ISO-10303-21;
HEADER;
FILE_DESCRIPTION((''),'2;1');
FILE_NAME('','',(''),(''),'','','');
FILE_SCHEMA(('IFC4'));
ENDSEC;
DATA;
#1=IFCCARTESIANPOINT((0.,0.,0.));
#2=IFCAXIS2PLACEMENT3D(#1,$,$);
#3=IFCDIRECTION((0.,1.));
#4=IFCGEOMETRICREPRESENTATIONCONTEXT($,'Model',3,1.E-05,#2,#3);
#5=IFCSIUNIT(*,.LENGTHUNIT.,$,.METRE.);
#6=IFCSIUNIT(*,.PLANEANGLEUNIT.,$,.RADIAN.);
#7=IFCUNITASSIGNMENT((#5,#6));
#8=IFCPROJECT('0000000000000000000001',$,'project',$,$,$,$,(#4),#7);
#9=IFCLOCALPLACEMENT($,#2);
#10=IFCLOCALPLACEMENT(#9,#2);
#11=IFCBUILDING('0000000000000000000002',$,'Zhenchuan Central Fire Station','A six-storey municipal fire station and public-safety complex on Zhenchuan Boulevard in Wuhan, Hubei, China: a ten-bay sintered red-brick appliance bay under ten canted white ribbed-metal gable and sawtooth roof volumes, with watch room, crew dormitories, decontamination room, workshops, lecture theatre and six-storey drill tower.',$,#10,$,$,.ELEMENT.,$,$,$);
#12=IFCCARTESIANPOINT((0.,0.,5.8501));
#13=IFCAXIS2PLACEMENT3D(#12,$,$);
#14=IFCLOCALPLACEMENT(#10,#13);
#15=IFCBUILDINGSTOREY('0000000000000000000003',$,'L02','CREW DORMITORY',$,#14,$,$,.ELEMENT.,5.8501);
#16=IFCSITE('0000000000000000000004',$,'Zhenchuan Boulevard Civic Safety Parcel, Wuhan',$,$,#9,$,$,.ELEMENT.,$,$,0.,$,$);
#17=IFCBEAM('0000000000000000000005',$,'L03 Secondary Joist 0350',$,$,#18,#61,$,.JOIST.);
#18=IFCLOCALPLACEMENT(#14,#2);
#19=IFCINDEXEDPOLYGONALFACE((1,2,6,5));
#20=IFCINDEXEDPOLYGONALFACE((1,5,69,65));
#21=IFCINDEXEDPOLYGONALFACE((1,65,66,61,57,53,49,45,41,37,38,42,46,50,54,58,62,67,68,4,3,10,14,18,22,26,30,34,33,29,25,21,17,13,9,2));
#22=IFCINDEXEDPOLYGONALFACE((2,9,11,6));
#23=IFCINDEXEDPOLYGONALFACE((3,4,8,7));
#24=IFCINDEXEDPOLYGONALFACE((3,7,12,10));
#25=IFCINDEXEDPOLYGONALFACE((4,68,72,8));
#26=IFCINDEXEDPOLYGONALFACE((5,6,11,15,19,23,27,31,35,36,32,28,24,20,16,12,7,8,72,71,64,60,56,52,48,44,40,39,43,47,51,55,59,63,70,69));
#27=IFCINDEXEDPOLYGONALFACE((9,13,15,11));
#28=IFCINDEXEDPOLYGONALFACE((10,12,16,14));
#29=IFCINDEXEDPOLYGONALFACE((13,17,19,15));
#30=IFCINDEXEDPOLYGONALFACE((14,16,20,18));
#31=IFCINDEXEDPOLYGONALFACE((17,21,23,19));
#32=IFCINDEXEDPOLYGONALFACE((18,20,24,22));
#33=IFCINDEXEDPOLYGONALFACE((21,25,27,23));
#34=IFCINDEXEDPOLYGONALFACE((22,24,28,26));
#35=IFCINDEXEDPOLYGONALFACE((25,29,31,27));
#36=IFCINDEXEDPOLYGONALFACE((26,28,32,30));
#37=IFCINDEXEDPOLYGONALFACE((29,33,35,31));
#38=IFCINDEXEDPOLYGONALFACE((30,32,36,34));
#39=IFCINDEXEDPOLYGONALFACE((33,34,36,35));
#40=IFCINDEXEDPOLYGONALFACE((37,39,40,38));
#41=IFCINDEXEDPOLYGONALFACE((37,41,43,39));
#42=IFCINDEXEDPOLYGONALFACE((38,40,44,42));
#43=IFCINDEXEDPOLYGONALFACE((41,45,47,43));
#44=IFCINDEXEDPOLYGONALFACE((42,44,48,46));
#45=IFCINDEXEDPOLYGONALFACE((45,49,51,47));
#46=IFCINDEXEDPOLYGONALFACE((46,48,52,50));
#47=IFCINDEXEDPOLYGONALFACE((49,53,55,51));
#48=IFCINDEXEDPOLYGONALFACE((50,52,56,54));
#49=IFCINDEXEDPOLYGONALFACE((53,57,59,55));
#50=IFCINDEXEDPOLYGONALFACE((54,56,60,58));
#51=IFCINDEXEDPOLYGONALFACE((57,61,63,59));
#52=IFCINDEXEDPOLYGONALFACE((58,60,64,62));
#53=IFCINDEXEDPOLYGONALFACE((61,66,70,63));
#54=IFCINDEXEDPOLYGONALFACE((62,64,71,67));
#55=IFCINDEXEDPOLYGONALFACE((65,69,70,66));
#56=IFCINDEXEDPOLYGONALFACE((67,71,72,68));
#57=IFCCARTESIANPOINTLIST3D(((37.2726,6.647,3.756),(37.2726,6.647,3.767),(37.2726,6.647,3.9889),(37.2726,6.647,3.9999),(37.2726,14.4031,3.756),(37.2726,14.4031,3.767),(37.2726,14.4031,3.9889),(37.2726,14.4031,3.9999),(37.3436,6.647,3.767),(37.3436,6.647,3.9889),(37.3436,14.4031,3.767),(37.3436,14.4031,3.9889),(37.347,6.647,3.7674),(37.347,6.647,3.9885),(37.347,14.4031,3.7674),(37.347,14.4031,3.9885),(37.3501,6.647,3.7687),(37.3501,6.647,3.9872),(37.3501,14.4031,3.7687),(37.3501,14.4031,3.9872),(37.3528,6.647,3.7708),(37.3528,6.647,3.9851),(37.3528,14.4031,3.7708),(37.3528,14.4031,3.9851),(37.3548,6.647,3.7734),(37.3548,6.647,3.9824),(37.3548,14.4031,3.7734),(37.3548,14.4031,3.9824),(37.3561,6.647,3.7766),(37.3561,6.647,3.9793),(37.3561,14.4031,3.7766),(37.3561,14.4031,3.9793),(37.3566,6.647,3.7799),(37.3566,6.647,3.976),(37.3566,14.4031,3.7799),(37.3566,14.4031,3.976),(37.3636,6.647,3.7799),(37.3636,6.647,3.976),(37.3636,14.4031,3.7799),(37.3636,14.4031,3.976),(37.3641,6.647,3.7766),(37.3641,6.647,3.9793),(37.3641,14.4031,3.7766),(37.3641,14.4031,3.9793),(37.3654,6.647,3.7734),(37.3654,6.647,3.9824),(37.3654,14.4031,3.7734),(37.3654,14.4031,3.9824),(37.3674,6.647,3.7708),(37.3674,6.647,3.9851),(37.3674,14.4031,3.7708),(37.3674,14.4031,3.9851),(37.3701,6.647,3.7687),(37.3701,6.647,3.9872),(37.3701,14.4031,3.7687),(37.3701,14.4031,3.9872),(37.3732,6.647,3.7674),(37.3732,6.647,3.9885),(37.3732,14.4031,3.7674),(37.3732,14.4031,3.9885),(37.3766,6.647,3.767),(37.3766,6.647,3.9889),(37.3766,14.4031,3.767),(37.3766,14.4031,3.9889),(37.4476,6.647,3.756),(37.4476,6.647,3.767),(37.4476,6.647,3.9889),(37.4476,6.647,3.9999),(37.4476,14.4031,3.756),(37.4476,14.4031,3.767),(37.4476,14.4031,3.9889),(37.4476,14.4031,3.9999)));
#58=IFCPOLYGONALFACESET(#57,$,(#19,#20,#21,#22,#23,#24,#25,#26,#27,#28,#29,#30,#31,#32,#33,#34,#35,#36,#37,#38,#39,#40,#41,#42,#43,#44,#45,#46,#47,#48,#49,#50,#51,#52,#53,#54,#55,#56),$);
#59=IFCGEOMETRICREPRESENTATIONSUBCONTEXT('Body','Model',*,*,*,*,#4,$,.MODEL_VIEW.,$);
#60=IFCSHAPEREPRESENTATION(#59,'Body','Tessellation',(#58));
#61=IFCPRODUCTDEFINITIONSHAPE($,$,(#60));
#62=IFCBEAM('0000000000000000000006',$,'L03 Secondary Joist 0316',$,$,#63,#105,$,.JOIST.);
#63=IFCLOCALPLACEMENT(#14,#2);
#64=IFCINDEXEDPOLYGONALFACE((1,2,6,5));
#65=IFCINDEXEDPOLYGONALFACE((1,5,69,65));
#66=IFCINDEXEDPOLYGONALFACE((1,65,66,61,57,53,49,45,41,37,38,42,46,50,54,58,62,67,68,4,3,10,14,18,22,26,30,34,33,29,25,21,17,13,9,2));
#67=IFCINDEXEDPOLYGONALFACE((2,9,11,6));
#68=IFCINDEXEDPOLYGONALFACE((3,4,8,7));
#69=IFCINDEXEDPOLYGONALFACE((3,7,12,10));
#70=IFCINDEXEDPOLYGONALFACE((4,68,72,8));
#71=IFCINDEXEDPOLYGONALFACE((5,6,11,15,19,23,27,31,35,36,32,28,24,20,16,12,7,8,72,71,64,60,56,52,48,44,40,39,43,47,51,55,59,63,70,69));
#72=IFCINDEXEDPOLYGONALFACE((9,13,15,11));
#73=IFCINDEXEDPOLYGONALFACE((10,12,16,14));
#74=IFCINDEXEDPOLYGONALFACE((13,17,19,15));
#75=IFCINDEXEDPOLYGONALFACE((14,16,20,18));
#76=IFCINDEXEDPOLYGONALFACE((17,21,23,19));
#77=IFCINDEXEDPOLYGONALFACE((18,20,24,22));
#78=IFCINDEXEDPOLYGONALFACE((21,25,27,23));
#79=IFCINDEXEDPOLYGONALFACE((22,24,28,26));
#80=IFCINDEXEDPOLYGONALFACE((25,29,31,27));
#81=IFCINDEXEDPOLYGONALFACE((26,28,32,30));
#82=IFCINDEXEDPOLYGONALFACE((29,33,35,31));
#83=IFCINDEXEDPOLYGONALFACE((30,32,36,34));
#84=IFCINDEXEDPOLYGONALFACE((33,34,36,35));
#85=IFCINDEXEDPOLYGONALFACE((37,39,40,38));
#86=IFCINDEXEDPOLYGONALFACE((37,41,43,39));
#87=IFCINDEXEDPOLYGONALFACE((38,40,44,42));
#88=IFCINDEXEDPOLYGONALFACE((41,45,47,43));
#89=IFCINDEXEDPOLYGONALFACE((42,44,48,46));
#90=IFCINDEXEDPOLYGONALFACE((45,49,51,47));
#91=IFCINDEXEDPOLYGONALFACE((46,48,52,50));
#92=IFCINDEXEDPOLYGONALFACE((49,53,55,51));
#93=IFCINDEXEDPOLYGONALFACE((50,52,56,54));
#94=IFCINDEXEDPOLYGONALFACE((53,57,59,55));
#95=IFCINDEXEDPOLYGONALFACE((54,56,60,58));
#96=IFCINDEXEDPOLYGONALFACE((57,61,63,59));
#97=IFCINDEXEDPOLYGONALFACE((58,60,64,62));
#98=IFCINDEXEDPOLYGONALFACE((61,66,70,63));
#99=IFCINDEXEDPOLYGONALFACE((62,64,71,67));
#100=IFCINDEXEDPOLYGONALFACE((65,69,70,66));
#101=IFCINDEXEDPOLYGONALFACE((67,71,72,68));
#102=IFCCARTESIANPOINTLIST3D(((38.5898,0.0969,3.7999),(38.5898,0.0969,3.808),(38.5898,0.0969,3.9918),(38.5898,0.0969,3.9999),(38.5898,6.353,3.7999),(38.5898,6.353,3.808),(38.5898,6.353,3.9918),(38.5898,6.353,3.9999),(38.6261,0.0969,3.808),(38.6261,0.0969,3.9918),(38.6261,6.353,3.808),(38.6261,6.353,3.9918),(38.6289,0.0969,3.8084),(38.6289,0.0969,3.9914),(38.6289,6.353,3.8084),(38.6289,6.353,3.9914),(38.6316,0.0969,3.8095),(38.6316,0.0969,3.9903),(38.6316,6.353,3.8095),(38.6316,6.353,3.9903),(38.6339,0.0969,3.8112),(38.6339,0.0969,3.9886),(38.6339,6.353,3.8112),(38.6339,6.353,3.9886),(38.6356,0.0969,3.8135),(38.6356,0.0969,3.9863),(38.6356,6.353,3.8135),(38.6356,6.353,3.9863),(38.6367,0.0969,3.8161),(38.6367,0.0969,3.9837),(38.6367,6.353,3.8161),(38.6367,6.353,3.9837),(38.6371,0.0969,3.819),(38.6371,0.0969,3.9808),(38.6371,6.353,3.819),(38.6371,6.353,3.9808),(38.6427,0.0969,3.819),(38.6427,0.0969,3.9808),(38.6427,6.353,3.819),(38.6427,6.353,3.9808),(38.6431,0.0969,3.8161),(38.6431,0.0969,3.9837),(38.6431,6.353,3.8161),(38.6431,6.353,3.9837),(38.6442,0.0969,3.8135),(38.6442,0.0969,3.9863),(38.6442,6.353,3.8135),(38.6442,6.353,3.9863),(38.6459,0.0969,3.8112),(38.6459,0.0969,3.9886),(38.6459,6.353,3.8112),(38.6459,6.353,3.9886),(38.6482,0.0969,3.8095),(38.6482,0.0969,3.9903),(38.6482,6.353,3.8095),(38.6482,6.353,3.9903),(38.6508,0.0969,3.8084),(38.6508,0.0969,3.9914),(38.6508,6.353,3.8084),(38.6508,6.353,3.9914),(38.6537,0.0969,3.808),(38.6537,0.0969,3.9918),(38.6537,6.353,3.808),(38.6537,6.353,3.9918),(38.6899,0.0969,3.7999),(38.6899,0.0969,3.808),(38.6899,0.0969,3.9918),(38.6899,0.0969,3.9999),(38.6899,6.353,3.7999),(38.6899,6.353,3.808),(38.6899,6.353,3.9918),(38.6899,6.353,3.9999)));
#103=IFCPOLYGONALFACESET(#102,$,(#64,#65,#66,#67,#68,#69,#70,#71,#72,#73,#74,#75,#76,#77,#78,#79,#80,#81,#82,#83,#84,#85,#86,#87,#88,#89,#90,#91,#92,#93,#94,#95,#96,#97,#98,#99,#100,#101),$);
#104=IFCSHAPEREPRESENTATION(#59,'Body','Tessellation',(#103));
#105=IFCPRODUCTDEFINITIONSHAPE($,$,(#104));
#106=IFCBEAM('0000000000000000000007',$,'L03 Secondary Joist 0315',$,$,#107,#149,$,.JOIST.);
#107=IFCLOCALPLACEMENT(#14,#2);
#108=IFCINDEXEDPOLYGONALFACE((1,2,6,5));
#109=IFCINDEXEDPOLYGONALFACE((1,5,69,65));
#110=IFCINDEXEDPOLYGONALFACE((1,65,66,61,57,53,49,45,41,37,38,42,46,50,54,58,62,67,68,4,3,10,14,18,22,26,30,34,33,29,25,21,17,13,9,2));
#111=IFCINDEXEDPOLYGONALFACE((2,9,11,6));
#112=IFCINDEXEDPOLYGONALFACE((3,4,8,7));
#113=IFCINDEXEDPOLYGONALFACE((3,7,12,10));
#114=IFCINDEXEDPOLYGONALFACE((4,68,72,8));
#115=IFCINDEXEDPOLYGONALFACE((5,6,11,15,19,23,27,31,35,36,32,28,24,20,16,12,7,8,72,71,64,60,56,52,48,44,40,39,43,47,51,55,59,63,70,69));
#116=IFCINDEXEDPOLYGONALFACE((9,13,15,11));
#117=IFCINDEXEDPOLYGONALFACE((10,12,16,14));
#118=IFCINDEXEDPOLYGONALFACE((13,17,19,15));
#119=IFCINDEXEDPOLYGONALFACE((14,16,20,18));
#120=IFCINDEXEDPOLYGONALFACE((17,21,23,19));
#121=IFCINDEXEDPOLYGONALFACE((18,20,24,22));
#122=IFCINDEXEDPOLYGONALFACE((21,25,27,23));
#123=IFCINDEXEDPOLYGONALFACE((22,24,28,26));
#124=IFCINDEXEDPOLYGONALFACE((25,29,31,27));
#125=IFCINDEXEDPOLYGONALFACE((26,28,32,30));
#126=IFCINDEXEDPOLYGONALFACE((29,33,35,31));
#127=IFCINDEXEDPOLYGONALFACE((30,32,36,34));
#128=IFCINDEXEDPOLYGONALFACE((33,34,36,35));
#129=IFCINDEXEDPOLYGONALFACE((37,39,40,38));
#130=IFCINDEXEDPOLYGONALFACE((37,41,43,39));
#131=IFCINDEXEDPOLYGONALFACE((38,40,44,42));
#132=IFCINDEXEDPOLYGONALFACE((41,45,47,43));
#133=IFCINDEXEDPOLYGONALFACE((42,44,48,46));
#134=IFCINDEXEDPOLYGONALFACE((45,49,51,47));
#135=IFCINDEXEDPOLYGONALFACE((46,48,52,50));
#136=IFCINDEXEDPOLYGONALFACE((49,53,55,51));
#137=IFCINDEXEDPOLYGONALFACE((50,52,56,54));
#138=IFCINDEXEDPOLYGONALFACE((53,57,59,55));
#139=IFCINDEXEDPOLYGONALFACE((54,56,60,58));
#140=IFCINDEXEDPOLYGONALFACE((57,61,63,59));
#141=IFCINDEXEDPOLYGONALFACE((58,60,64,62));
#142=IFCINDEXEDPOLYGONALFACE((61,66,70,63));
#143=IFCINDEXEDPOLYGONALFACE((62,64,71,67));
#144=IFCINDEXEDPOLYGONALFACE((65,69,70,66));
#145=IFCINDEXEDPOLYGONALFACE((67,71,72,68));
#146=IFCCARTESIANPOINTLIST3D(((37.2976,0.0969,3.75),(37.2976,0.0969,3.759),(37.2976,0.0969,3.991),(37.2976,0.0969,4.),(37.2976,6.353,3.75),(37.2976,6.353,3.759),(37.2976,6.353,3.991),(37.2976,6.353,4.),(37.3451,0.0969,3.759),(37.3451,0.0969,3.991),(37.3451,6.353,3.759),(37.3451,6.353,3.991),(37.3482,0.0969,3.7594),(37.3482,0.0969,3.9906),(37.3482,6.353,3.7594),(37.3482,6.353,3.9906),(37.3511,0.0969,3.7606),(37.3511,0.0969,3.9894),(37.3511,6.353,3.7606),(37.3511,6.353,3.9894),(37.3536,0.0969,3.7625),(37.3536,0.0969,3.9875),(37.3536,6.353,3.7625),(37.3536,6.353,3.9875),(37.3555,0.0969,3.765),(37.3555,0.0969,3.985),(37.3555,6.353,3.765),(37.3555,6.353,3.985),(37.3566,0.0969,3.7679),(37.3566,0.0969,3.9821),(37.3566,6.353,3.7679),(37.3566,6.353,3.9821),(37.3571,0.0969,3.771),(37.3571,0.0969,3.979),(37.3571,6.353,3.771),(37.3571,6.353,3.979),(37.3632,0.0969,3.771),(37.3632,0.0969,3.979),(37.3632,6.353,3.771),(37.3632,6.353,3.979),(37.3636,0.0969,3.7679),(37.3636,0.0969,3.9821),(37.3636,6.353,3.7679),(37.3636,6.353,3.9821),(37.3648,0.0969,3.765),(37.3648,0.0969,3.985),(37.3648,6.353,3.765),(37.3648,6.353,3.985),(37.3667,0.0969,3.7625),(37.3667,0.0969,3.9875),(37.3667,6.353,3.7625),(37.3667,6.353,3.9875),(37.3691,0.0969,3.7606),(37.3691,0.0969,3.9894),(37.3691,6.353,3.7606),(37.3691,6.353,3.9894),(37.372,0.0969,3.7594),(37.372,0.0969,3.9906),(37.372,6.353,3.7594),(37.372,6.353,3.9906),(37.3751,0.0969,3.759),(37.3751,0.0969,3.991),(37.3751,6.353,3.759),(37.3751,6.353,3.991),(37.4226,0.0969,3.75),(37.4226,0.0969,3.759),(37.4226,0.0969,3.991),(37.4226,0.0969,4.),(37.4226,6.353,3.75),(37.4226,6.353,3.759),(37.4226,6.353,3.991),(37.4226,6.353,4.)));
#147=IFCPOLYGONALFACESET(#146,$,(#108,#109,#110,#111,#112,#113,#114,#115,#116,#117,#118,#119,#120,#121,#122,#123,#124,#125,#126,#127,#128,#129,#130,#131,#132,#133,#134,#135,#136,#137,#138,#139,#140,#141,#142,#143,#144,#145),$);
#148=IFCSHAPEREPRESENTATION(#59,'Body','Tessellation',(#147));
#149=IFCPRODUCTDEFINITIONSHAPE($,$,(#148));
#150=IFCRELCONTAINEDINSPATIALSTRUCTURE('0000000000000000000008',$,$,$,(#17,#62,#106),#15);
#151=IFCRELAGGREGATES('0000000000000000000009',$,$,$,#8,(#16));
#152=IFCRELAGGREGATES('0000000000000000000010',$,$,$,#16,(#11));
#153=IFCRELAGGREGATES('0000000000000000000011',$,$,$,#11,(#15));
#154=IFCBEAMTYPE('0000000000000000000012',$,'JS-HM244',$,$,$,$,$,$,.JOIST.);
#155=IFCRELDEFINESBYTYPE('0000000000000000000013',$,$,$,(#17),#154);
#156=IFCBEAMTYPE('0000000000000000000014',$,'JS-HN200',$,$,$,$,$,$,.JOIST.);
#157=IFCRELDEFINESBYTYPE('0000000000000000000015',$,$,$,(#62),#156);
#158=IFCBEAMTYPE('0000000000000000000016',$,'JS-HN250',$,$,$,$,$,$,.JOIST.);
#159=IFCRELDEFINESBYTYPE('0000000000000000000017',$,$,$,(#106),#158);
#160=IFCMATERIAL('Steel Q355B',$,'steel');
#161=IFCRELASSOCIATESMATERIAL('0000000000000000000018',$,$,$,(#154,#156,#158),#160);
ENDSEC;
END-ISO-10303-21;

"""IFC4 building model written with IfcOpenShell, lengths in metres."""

from ifc_helpers import new_model, si_unit, direction, frame, origin, origin_2d, place, context, subcontext, project, spatial, i_section, extrude, material, material_profile, profile_set, type_object, element, save


model = new_model("IFC4")

# Units and contexts
model_context = context("Model", 3, precision=1e-05, world=origin(), true_north=direction((0.0, 1.0)))
body_context = subcontext(model_context, "Body", "Model", "MODEL_VIEW")
ifc_project = project(units=[si_unit("LENGTHUNIT", "METRE"), si_unit("PLANEANGLEUNIT", "RADIAN")], contexts=[model_context])

# Site, building, storey
site_placement = place(None, origin())
site = spatial("IfcSite", under=ifc_project, at=site_placement, Name="Zhenchuan Boulevard Civic Safety Parcel, Wuhan", CompositionType="ELEMENT", RefElevation=0.0)
building_placement = place(site_placement, origin())
building = spatial("IfcBuilding", under=site, at=building_placement, Name="Zhenchuan Central Fire Station", Description="A six-storey municipal fire station and public-safety complex on Zhenchuan Boulevard in Wuhan, Hubei, China: a ten-bay sintered red-brick appliance bay under ten canted white ribbed-metal gable and sawtooth roof volumes, with watch room, crew dormitories, decontamination room, workshops, lecture theatre and six-storey drill tower.", CompositionType="ELEMENT")
storey_placement = place(building_placement, frame((0.0, 0.0, 5.8501)))
storey = spatial("IfcBuildingStorey", under=building, at=storey_placement, Name="L02", Description="CREW DORMITORY", CompositionType="ELEMENT", Elevation=5.8501)

# Shared definitions
ifc_material_1 = material(Name="Steel Q355B", Category="steel")

# Beams
ifc_material_profile_1 = material_profile(ifc_material_1, i_section(OverallWidth=0.175, OverallDepth=0.2439, WebThickness=0.0071, FlangeThickness=0.011, FilletRadius=0.0129, at=origin_2d()), Name="HM 244x175")
ifc_profile_set_1 = profile_set([ifc_material_profile_1], Name="Steel Q355B")
beam_type_1 = type_object("IfcBeamType", Name="JS-HM244", PredefinedType="JOIST", material=ifc_profile_set_1)
beam_1_placement = place(storey_placement, frame((37.3601, 6.647, 3.8779), z_axis=(0.0, 1.0, 0.0), x_axis=(-1.0, 0.0, 0.0)))
element("IfcBeam", 1, at=beam_1_placement, inside=storey, type_object=beam_type_1, Name="L03 Secondary Joist 0350", PredefinedType="JOIST", context=body_context, shape_type="SweptSolid", body=[
    extrude(i_section(OverallWidth=0.175, OverallDepth=0.2439, WebThickness=0.0071, FlangeThickness=0.011, FilletRadius=0.0129, at=origin_2d()), origin(), (0.0, 0.0, 1.0), 7.7561),
])
ifc_material_profile_2 = material_profile(ifc_material_1, i_section(OverallWidth=0.1001, OverallDepth=0.2, WebThickness=0.0056, FlangeThickness=0.0081, FilletRadius=0.011, at=origin_2d()), Name="HN 200x100")
ifc_profile_set_2 = profile_set([ifc_material_profile_2], Name="Steel Q355B")
beam_type_2 = type_object("IfcBeamType", Name="JS-HN200", PredefinedType="JOIST", material=ifc_profile_set_2)
beam_2_placement = place(storey_placement, frame((38.6399, 0.0969, 3.8999), z_axis=(0.0, 1.0, 0.0), x_axis=(-1.0, 0.0, 0.0)))
element("IfcBeam", 2, at=beam_2_placement, inside=storey, type_object=beam_type_2, Name="L03 Secondary Joist 0316", PredefinedType="JOIST", context=body_context, shape_type="SweptSolid", body=[
    extrude(i_section(OverallWidth=0.1001, OverallDepth=0.2, WebThickness=0.0056, FlangeThickness=0.0081, FilletRadius=0.011, at=origin_2d()), origin(), (0.0, 0.0, 1.0), 6.2561),
])
ifc_material_profile_3 = material_profile(ifc_material_1, i_section(OverallWidth=0.125, OverallDepth=0.25, WebThickness=0.0061, FlangeThickness=0.009, FilletRadius=0.012, at=origin_2d()), Name="HN 250x125")
ifc_profile_set_3 = profile_set([ifc_material_profile_3], Name="Steel Q355B")
beam_type_3 = type_object("IfcBeamType", Name="JS-HN250", PredefinedType="JOIST", material=ifc_profile_set_3)
beam_3_placement = place(storey_placement, frame((37.3601, 0.0969, 3.875), z_axis=(0.0, 1.0, 0.0), x_axis=(-1.0, 0.0, 0.0)))
element("IfcBeam", 3, at=beam_3_placement, inside=storey, type_object=beam_type_3, Name="L03 Secondary Joist 0315", PredefinedType="JOIST", context=body_context, shape_type="SweptSolid", body=[
    extrude(i_section(OverallWidth=0.125, OverallDepth=0.25, WebThickness=0.0061, FlangeThickness=0.009, FilletRadius=0.012, at=origin_2d()), origin(), (0.0, 0.0, 1.0), 6.2561),
])

save(model, "model.ifc")
